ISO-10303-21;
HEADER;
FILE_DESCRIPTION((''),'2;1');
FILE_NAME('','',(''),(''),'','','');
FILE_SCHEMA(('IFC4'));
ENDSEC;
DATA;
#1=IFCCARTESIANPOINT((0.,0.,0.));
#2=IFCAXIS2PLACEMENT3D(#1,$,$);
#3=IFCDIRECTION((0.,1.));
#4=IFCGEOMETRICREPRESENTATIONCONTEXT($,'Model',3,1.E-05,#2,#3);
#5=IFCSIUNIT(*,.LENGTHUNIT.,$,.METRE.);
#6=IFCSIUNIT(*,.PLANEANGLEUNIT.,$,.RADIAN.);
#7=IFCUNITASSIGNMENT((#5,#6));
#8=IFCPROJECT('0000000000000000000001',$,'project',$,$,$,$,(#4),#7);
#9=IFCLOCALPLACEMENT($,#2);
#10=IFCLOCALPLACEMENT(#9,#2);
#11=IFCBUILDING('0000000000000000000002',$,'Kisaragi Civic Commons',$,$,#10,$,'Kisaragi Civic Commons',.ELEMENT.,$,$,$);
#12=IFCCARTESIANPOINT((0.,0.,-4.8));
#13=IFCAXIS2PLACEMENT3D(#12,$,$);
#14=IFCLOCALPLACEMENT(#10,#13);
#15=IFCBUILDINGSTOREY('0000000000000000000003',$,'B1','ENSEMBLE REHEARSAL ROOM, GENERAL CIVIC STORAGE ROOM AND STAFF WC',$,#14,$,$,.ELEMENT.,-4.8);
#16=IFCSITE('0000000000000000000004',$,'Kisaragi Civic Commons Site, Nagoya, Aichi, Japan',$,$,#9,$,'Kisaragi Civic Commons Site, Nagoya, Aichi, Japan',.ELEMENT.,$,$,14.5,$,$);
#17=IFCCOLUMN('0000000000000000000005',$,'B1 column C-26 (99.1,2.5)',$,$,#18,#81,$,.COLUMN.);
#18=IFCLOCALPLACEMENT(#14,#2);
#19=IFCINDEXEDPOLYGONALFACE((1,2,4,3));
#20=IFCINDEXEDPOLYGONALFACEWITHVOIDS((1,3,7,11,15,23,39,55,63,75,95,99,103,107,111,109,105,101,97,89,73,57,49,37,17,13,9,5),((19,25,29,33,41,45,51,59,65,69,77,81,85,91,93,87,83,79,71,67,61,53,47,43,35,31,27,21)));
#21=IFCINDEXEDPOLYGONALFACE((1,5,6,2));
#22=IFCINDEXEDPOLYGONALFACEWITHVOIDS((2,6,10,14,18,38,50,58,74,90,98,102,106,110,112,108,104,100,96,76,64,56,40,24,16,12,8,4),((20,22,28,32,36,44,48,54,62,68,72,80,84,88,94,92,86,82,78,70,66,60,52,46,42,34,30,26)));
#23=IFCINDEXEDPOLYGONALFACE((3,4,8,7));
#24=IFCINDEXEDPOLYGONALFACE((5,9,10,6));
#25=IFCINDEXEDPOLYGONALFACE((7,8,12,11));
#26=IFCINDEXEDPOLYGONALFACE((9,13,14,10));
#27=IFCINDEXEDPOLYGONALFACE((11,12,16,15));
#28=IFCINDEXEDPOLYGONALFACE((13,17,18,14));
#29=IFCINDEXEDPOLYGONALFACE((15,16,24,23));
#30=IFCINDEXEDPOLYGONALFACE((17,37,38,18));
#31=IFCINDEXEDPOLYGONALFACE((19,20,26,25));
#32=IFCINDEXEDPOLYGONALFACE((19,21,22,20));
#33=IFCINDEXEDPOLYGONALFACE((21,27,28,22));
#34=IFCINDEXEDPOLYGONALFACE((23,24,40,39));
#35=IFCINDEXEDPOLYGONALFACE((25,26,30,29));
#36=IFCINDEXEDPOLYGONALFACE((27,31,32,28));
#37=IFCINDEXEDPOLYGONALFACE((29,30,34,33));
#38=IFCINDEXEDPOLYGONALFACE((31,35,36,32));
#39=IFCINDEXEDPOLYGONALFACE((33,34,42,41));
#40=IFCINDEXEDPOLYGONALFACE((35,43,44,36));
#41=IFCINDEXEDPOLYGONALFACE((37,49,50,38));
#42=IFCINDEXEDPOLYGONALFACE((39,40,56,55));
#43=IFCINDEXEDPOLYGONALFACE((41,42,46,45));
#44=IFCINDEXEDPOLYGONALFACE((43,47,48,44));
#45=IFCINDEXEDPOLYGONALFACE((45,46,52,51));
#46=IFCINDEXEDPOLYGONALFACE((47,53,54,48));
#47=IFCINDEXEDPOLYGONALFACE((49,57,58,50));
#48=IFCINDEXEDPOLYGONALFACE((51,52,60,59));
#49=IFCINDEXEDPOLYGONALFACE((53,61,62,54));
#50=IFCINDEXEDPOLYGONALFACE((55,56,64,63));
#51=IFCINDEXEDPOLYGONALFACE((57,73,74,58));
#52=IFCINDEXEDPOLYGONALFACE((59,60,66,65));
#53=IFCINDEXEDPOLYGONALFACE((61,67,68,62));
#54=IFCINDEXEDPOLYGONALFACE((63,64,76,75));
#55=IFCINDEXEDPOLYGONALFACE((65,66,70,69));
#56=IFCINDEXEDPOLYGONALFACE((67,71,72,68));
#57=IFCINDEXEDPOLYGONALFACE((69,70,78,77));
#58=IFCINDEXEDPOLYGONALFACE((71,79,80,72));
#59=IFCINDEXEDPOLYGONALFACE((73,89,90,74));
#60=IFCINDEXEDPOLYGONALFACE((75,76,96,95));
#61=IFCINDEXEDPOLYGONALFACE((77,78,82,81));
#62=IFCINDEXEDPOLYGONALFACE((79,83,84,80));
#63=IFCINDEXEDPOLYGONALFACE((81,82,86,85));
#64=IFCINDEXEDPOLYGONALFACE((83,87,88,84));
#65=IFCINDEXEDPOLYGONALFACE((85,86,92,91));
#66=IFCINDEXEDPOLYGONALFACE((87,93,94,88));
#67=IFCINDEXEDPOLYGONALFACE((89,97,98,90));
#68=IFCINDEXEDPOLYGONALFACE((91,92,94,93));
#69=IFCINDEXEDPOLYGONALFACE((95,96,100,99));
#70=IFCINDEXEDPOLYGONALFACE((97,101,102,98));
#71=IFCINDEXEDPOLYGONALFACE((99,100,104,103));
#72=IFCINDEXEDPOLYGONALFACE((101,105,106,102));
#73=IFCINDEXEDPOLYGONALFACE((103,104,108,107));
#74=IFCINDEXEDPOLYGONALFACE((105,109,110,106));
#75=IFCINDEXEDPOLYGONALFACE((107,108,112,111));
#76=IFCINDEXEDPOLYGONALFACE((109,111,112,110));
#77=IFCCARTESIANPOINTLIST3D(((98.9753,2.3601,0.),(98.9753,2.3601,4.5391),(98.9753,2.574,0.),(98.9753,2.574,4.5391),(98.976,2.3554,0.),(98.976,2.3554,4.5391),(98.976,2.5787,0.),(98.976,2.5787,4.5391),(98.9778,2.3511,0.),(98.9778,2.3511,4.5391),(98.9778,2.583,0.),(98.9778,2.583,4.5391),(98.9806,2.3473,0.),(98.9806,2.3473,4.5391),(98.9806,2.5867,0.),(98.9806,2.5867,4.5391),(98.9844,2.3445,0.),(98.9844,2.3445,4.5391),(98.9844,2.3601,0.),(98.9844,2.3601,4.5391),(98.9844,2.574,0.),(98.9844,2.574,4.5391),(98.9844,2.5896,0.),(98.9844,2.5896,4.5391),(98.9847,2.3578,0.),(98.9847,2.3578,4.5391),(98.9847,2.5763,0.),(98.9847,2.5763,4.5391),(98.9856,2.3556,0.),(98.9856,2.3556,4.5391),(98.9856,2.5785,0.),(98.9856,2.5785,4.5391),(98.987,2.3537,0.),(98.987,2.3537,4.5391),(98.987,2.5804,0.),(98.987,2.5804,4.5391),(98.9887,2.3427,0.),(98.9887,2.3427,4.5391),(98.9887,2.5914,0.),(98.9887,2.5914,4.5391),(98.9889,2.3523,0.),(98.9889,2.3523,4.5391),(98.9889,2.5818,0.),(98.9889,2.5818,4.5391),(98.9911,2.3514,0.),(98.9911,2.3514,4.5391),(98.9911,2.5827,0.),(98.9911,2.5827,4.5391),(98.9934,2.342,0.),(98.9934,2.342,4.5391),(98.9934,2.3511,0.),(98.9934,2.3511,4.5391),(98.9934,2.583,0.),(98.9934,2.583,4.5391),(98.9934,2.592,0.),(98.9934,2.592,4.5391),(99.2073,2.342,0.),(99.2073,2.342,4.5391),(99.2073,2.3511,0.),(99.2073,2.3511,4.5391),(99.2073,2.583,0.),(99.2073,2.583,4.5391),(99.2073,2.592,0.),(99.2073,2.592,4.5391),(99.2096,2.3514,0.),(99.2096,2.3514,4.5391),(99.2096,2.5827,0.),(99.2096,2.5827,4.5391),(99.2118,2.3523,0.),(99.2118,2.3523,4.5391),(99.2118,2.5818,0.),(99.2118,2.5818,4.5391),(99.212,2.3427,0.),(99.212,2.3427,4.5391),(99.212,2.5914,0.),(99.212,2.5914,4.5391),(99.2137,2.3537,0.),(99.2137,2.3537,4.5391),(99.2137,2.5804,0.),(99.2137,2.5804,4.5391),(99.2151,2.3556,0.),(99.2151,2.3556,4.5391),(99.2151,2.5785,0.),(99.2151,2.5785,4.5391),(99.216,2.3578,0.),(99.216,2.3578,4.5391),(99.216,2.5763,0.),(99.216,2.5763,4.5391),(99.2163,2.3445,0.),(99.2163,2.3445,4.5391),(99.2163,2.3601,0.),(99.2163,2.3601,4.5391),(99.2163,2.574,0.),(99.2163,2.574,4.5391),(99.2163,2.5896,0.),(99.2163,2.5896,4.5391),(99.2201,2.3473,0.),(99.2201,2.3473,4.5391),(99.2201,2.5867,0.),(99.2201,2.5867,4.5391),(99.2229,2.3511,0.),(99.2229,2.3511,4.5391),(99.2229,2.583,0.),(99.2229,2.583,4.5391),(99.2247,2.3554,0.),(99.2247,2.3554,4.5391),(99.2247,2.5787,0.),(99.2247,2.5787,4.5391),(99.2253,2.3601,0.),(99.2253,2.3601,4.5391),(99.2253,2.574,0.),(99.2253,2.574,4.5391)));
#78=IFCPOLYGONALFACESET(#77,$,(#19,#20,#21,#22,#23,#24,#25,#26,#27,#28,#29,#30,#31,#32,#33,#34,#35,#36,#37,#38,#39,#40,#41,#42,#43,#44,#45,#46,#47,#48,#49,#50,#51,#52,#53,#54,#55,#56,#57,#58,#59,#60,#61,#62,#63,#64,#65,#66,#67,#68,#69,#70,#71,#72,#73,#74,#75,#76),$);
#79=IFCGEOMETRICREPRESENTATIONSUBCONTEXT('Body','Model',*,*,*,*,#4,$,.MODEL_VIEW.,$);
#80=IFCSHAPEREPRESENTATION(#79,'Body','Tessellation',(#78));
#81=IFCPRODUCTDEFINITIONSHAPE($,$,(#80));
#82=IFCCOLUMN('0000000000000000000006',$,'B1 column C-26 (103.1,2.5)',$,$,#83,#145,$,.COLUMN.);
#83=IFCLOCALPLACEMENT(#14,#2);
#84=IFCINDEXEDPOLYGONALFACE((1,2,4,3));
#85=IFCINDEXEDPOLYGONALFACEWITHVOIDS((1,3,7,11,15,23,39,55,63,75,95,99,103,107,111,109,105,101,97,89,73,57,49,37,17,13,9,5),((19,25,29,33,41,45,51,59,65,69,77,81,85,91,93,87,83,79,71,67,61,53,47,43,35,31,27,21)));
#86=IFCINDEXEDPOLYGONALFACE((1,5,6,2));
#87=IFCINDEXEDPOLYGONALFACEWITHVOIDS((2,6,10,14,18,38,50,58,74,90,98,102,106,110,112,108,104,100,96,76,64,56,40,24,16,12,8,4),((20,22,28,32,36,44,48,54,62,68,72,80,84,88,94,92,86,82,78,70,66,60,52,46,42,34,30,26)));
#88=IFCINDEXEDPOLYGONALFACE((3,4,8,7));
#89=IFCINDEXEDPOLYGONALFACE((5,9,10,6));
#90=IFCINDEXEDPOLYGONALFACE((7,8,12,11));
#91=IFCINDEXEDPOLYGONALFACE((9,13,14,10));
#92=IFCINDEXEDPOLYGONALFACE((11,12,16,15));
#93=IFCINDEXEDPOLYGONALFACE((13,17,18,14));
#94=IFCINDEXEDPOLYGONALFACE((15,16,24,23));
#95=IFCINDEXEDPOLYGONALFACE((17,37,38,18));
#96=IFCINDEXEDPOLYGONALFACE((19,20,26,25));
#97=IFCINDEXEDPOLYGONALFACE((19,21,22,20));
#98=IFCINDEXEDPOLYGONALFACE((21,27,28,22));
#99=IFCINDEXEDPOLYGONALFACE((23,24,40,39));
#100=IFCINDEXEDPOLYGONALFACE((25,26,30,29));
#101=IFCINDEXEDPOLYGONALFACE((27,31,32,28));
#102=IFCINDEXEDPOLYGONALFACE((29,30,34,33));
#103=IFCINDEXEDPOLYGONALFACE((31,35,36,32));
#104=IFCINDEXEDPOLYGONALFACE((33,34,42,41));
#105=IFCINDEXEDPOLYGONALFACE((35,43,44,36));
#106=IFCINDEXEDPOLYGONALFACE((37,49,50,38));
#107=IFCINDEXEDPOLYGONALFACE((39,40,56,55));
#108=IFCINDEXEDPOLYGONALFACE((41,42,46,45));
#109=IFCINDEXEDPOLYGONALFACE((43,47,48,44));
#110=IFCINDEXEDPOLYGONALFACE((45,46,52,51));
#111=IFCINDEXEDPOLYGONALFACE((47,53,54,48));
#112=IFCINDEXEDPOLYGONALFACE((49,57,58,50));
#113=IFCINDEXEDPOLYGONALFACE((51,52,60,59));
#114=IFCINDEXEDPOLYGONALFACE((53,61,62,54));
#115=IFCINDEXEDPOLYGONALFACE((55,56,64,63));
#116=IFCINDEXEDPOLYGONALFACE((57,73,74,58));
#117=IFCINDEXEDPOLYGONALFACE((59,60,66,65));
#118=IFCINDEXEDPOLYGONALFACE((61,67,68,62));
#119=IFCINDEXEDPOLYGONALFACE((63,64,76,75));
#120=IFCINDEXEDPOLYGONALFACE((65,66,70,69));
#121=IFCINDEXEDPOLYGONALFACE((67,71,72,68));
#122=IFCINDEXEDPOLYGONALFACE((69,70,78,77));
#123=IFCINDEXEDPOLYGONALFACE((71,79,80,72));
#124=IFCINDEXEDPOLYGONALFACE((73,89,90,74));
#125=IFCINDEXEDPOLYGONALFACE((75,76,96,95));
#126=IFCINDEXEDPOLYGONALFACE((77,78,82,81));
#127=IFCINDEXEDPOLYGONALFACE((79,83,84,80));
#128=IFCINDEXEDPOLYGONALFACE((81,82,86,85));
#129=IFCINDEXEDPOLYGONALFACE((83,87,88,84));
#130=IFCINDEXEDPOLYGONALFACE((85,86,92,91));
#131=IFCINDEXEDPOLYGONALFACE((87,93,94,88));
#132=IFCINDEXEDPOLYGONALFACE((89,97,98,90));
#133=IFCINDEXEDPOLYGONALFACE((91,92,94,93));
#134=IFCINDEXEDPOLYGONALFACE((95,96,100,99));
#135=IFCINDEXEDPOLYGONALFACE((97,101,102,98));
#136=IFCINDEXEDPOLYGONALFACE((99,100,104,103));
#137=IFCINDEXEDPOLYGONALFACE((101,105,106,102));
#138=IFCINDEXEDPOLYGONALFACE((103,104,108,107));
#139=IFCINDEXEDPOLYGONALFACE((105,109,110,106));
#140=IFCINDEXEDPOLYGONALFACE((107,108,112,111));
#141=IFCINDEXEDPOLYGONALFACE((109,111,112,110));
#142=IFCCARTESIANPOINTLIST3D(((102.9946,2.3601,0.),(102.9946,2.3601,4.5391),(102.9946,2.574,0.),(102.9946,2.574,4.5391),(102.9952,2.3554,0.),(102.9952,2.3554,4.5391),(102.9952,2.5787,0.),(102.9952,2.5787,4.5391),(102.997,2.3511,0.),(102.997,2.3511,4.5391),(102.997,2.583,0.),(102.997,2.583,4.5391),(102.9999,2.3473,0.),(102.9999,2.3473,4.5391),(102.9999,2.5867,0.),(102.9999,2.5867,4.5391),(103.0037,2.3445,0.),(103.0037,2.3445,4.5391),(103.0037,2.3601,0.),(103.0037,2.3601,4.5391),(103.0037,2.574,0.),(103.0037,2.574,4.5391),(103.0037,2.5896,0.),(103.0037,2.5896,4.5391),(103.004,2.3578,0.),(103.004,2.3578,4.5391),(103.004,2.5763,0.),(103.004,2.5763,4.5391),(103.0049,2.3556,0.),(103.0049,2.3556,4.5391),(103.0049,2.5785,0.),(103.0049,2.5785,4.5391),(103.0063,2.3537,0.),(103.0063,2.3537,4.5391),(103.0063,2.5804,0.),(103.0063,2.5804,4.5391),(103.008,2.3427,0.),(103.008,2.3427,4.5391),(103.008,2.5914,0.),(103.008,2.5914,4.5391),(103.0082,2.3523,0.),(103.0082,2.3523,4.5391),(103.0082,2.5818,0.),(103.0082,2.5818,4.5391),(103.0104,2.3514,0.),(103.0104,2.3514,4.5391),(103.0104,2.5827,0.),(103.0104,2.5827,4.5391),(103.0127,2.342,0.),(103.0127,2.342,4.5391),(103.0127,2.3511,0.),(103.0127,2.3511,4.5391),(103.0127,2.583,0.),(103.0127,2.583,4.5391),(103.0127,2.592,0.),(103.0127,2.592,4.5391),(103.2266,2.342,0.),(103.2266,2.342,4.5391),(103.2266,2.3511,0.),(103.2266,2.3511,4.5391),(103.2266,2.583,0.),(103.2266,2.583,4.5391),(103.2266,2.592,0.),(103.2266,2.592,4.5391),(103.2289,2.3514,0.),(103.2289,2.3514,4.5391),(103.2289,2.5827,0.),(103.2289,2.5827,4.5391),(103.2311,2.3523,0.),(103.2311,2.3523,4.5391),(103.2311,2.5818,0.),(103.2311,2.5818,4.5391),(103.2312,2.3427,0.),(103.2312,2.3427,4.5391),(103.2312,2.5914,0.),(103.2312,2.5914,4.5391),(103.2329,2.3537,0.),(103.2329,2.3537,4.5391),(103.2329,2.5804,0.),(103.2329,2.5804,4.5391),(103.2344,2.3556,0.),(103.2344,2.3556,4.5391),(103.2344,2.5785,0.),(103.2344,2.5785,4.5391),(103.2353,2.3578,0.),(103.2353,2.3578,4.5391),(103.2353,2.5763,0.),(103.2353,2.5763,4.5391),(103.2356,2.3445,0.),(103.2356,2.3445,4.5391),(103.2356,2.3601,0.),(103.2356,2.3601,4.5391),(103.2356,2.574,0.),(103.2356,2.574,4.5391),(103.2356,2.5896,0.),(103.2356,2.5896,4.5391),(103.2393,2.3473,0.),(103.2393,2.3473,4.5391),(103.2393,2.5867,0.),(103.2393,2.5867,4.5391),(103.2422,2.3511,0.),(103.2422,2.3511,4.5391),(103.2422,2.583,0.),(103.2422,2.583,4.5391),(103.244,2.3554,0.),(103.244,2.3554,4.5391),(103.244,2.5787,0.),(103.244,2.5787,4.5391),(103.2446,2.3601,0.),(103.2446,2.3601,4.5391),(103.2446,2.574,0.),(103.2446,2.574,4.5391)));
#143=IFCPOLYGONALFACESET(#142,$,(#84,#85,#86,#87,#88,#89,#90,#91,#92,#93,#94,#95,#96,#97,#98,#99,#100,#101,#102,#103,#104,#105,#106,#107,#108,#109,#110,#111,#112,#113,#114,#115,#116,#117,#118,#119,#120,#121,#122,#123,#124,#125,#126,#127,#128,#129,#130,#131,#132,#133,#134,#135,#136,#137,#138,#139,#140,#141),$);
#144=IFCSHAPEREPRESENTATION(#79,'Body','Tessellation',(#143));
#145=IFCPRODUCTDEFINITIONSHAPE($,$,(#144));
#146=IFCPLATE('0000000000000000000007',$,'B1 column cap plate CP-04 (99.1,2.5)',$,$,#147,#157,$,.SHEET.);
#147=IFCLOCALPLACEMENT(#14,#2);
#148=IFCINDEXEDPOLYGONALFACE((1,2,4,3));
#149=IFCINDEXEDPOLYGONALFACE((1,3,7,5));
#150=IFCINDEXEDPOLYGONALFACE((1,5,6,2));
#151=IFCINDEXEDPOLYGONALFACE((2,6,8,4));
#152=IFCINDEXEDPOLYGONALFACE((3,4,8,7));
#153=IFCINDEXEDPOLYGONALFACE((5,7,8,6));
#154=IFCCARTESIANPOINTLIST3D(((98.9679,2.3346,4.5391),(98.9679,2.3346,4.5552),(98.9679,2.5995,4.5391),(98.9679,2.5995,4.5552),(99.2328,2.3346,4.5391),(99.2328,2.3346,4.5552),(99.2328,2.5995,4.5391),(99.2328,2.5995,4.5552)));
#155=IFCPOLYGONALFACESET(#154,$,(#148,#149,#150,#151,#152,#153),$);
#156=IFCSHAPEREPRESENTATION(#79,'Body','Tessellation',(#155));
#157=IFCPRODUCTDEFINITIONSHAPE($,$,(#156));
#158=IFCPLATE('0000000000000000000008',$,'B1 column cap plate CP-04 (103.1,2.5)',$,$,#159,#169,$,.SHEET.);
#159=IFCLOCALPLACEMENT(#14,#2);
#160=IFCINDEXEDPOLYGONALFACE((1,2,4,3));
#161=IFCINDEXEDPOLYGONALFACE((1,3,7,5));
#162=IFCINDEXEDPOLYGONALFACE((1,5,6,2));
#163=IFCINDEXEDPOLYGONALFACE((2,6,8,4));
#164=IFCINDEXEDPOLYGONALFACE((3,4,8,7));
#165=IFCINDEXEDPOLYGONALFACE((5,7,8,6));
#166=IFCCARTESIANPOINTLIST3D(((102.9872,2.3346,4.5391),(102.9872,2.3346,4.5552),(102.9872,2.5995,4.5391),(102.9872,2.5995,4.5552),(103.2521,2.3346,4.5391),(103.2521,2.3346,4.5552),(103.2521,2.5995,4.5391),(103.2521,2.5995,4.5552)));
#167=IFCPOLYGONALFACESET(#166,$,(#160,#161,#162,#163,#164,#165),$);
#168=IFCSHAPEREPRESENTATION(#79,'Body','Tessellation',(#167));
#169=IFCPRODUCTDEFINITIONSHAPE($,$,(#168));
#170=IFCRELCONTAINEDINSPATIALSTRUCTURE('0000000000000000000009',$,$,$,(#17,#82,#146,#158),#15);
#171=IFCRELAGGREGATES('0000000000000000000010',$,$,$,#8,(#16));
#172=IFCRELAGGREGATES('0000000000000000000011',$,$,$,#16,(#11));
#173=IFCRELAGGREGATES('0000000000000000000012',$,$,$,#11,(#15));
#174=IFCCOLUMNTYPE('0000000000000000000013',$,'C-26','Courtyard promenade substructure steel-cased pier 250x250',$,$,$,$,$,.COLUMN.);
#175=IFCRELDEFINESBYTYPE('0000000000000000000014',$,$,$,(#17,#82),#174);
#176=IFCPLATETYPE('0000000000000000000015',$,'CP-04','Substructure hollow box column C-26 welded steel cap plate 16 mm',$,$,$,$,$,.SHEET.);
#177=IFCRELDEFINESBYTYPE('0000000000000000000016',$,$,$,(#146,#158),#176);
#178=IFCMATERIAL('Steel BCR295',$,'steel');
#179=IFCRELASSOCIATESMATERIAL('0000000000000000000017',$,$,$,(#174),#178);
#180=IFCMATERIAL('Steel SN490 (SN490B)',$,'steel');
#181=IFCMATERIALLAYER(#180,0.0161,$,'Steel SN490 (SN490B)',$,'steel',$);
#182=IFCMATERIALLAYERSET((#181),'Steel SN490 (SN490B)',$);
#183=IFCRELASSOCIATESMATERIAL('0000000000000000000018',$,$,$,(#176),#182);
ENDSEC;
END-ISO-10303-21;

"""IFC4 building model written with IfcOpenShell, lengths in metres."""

from ifc_helpers import new_model, si_unit, direction, frame, origin, origin_2d, place, context, subcontext, project, spatial, rectangle, hollow_rectangle, extrude, material, layer, layer_set, material_profile, profile_set, type_object, element, save


model = new_model("IFC4")

# Units and contexts
model_context = context("Model", 3, precision=1e-05, world=origin(), true_north=direction((0.0, 1.0)))
body_context = subcontext(model_context, "Body", "Model", "MODEL_VIEW")
ifc_project = project(units=[si_unit("LENGTHUNIT", "METRE"), si_unit("PLANEANGLEUNIT", "RADIAN")], contexts=[model_context])

# Site, building, storey
site_placement = place(None, origin())
site = spatial("IfcSite", under=ifc_project, at=site_placement, Name="Kisaragi Civic Commons Site, Nagoya, Aichi, Japan", LongName="Kisaragi Civic Commons Site, Nagoya, Aichi, Japan", CompositionType="ELEMENT", RefElevation=14.5)
building_placement = place(site_placement, origin())
building = spatial("IfcBuilding", under=site, at=building_placement, Name="Kisaragi Civic Commons", LongName="Kisaragi Civic Commons", CompositionType="ELEMENT")
storey_placement = place(building_placement, frame((0.0, 0.0, -4.8)))
storey = spatial("IfcBuildingStorey", under=building, at=storey_placement, Name="B1", Description="ENSEMBLE REHEARSAL ROOM, GENERAL CIVIC STORAGE ROOM AND STAFF WC", CompositionType="ELEMENT", Elevation=-4.8)

# Columns
ifc_material_1 = material(Name="Steel BCR295", Category="steel")
ifc_material_profile_1 = material_profile(ifc_material_1, hollow_rectangle(XDim=0.25, YDim=0.25, WallThickness=0.009, InnerFilletRadius=0.009, OuterFilletRadius=0.0181, at=origin_2d()), Name="BCR-250x250x9", Category="steel")
ifc_profile_set_1 = profile_set([ifc_material_profile_1], Name="Steel BCR295")
column_type_1 = type_object("IfcColumnType", Name="C-26", Description="Courtyard promenade substructure steel-cased pier 250x250", PredefinedType="COLUMN", material=ifc_profile_set_1)
for number, where, z_axis, x_axis, name in (
    (1, (99.1003, 2.467, 0.0), (0.0, 0.0, 1.0), (1.0, 0.0, 0.0), "B1 column C-26 (99.1,2.5)"),
    (2, (103.1196, 2.467, 0.0), (0.0, 0.0, 1.0), (1.0, 0.0, 0.0), "B1 column C-26 (103.1,2.5)"),
):
    element("IfcColumn", number, at=place(storey_placement, frame(where, z_axis=z_axis, x_axis=x_axis)), inside=storey, type_object=column_type_1, Name=name, PredefinedType="COLUMN", context=body_context, shape_type="SweptSolid", body=[
        extrude(hollow_rectangle(XDim=0.25, YDim=0.25, WallThickness=0.009, InnerFilletRadius=0.009, OuterFilletRadius=0.0181, at=origin_2d()), origin(), (0.0, 0.0, 1.0), 4.5391),
    ])

# Plates
ifc_material_2 = material(Name="Steel SN490 (SN490B)", Category="steel")
ifc_layer = layer(ifc_material_2, 0.0161, Name="Steel SN490 (SN490B)", Category="steel")
ifc_layer_set = layer_set([ifc_layer], Name="Steel SN490 (SN490B)")
plate_type = type_object("IfcPlateType", Name="CP-04", Description="Substructure hollow box column C-26 welded steel cap plate 16 mm", PredefinedType="SHEET", material=ifc_layer_set)
for number, where, z_axis, x_axis, name in (
    (3, (99.1003, 2.467, 4.5391), (0.0, 0.0, 1.0), (1.0, 0.0, 0.0), "B1 column cap plate CP-04 (99.1,2.5)"),
    (4, (103.1196, 2.467, 4.5391), (0.0, 0.0, 1.0), (1.0, 0.0, 0.0), "B1 column cap plate CP-04 (103.1,2.5)"),
):
    element("IfcPlate", number, at=place(storey_placement, frame(where, z_axis=z_axis, x_axis=x_axis)), inside=storey, type_object=plate_type, Name=name, PredefinedType="SHEET", context=body_context, shape_type="SweptSolid", body=[
        extrude(rectangle(XDim=0.2649, YDim=0.2649, at=origin_2d()), origin(), (0.0, 0.0, 1.0), 0.0161),
    ])

save(model, "model.ifc")
